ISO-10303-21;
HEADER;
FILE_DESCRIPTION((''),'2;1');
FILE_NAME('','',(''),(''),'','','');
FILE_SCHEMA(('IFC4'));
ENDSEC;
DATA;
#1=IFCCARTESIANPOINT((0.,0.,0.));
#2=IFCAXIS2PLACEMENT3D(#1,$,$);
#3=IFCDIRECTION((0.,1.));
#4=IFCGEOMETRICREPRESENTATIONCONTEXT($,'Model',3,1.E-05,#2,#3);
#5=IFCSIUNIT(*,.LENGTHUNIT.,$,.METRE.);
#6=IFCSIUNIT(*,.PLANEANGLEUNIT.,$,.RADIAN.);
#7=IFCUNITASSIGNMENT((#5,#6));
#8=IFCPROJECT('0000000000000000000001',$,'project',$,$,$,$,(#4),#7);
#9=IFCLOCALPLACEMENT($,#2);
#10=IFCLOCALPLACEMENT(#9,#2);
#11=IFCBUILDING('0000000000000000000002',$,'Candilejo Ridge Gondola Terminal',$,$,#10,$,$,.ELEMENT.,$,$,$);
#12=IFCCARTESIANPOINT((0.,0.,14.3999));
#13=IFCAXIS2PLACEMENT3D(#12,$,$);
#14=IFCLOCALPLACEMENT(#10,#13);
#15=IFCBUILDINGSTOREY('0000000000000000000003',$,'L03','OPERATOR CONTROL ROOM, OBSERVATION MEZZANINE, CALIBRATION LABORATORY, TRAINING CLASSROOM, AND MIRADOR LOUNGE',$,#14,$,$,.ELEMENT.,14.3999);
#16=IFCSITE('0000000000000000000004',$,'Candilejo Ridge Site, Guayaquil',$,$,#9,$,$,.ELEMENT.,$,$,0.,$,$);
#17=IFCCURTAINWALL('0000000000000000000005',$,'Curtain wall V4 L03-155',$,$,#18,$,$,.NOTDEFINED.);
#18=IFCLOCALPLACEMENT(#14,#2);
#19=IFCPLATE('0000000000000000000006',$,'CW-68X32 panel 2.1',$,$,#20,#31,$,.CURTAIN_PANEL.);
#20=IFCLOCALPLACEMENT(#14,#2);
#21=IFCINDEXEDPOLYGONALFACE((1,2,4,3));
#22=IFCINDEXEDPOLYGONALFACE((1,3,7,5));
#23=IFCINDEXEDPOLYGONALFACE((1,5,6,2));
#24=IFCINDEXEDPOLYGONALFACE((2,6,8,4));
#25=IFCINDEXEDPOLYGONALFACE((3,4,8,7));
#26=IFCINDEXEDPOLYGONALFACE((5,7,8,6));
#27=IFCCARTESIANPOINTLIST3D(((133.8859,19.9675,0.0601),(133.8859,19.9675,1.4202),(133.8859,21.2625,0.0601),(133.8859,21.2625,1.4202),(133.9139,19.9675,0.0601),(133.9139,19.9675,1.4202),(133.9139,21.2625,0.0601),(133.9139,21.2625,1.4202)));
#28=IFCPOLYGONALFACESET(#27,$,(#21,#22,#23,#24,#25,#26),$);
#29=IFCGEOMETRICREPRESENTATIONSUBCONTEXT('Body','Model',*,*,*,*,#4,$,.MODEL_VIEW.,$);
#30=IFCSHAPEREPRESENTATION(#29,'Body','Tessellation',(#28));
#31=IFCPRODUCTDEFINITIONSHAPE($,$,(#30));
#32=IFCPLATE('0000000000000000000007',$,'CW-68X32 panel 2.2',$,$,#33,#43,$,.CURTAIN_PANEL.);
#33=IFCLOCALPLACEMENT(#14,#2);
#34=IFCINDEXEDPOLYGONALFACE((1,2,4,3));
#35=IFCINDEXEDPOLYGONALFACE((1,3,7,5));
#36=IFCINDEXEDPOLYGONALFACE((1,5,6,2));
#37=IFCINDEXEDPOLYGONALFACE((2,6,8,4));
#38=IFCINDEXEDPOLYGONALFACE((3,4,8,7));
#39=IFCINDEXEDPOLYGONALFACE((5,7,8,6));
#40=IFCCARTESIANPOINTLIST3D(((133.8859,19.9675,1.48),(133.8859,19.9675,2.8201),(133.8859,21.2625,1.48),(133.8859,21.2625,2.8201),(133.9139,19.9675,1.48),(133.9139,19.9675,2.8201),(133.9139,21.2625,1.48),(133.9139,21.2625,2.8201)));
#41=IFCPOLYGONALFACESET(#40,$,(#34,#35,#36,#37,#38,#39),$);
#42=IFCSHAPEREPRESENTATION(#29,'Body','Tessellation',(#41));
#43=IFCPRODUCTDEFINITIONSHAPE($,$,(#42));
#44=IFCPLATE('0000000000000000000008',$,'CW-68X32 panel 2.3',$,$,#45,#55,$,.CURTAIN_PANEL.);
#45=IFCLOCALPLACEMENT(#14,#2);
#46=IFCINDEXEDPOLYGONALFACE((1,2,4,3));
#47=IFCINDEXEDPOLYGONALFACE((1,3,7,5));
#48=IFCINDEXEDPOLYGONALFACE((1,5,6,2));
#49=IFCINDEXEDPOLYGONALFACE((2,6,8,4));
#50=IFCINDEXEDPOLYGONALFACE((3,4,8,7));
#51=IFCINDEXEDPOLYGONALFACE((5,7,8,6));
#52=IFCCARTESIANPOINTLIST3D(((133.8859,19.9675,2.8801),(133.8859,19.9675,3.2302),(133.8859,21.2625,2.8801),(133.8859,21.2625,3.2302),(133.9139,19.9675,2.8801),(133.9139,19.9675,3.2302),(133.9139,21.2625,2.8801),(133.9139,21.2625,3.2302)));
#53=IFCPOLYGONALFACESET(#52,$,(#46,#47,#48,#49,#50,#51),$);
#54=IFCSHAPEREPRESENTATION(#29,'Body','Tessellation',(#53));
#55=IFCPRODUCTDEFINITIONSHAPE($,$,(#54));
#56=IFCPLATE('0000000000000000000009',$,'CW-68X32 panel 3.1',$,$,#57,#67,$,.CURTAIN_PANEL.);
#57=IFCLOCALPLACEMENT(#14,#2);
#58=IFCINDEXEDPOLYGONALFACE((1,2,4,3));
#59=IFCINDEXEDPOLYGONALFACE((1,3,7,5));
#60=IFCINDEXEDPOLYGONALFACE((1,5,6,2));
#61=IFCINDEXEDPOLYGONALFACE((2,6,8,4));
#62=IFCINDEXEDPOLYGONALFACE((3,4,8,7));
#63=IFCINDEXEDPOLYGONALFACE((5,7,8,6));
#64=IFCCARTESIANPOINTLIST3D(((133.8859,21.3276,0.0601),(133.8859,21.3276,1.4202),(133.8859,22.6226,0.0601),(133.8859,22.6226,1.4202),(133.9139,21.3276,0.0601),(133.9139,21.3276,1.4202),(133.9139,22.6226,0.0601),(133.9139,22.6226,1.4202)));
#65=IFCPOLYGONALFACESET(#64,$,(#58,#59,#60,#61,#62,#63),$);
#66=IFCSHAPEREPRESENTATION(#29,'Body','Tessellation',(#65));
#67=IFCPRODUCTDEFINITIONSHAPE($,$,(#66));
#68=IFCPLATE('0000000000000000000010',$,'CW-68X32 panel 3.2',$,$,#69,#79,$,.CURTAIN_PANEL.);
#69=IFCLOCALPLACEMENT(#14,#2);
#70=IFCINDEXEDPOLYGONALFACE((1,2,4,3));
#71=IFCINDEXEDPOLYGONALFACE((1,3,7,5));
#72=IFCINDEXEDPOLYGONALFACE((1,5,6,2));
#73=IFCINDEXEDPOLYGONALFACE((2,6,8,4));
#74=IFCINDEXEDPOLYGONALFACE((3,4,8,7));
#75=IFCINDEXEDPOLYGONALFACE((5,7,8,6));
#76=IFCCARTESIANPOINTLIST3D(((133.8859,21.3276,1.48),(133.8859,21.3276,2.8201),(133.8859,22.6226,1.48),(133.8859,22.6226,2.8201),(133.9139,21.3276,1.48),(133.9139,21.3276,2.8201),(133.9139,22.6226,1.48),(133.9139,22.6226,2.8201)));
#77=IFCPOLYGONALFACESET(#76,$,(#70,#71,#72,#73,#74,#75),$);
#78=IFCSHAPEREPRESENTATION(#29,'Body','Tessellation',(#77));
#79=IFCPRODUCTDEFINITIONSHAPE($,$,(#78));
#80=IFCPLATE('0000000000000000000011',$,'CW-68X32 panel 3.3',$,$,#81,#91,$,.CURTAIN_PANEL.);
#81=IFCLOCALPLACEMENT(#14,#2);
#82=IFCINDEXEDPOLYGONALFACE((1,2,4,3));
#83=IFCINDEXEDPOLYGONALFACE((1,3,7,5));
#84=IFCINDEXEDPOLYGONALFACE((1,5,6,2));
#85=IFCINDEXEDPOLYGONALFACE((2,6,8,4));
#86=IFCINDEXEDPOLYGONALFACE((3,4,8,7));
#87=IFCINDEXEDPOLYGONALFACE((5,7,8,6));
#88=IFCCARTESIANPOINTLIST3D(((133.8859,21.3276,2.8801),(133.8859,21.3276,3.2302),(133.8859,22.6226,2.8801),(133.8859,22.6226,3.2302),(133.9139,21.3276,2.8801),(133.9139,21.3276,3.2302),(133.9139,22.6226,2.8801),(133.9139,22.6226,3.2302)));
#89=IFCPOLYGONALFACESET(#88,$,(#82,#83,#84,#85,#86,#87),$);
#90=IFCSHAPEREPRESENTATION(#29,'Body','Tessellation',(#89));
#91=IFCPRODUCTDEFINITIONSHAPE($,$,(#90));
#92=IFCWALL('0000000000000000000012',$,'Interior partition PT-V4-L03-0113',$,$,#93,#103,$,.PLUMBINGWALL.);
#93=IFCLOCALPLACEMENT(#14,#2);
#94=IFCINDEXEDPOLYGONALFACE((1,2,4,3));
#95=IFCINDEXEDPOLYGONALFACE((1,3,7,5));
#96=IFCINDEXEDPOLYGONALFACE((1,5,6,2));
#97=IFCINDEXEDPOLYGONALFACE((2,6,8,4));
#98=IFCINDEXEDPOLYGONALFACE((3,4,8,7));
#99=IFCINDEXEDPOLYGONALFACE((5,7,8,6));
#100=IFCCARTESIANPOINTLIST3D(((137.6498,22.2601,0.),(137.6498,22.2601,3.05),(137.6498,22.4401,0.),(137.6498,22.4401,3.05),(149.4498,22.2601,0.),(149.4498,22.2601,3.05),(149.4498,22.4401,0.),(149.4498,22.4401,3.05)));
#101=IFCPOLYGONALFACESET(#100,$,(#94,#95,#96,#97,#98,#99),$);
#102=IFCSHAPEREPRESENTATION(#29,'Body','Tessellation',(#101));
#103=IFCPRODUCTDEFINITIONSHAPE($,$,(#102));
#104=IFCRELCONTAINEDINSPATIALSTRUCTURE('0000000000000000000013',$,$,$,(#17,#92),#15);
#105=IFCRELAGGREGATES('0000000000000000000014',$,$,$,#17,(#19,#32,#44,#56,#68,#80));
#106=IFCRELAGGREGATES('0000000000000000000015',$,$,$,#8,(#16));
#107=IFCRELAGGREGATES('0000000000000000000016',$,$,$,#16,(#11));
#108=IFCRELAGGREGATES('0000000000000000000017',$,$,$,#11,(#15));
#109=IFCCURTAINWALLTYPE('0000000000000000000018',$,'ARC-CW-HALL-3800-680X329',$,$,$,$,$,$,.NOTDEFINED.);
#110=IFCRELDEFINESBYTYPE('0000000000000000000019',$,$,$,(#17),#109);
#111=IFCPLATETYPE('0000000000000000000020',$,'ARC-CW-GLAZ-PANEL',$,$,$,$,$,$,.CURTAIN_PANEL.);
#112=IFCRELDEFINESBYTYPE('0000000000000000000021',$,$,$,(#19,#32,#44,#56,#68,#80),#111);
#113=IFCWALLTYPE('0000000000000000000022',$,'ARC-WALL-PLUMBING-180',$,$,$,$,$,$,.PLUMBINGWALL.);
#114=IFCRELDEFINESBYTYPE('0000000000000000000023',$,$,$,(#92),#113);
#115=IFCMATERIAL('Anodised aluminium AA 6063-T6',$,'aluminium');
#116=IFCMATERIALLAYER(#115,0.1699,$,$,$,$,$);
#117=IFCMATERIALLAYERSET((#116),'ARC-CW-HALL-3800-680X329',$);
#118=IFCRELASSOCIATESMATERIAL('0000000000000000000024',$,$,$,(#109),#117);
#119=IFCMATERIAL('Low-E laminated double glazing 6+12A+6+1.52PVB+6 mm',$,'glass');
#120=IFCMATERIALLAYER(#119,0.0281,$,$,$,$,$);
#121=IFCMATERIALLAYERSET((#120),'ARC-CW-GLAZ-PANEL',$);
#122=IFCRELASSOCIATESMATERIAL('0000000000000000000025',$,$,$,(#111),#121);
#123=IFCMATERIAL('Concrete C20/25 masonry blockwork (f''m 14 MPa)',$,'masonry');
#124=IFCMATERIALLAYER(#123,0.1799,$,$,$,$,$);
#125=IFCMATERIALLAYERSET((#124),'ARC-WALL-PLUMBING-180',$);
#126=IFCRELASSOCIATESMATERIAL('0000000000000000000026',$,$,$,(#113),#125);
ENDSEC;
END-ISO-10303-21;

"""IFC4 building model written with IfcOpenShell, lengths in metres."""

from ifc_helpers import new_model, si_unit, direction, frame, frame_2d, origin, origin_2d, place, context, subcontext, project, spatial, rectangle, extrude, material, layer, layer_set, type_object, element, aggregate, save


model = new_model("IFC4")

# Units and contexts
model_context = context("Model", 3, precision=1e-05, world=origin(), true_north=direction((0.0, 1.0)))
body_context = subcontext(model_context, "Body", "Model", "MODEL_VIEW")
ifc_project = project(units=[si_unit("LENGTHUNIT", "METRE"), si_unit("PLANEANGLEUNIT", "RADIAN")], contexts=[model_context])

# Site, building, storey
site_placement = place(None, origin())
site = spatial("IfcSite", under=ifc_project, at=site_placement, Name="Candilejo Ridge Site, Guayaquil", CompositionType="ELEMENT", RefElevation=0.0)
building_placement = place(site_placement, origin())
building = spatial("IfcBuilding", under=site, at=building_placement, Name="Candilejo Ridge Gondola Terminal", CompositionType="ELEMENT")
storey_placement = place(building_placement, frame((0.0, 0.0, 14.3999)))
storey = spatial("IfcBuildingStorey", under=building, at=storey_placement, Name="L03", Description="OPERATOR CONTROL ROOM, OBSERVATION MEZZANINE, CALIBRATION LABORATORY, TRAINING CLASSROOM, AND MIRADOR LOUNGE", CompositionType="ELEMENT", Elevation=14.3999)

# Curtain wall, plates
ifc_material_1 = material(Name="Anodised aluminium AA 6063-T6", Category="aluminium")
ifc_layer_1 = layer(ifc_material_1, 0.1699)
ifc_layer_set_1 = layer_set([ifc_layer_1], Name="ARC-CW-HALL-3800-680X329")
curtain_wall_type = type_object("IfcCurtainWallType", Name="ARC-CW-HALL-3800-680X329", PredefinedType="NOTDEFINED", material=ifc_layer_set_1)
curtain_wall_placement = place(storey_placement, origin())
curtain_wall = element("IfcCurtainWall", 1, at=curtain_wall_placement, inside=storey, type_object=curtain_wall_type, Name="Curtain wall V4 L03-155", PredefinedType="NOTDEFINED")
ifc_material_2 = material(Name="Low-E laminated double glazing 6+12A+6+1.52PVB+6 mm", Category="glass")
ifc_layer_2 = layer(ifc_material_2, 0.0281)
ifc_layer_set_2 = layer_set([ifc_layer_2], Name="ARC-CW-GLAZ-PANEL")
plate_type = type_object("IfcPlateType", Name="ARC-CW-GLAZ-PANEL", PredefinedType="CURTAIN_PANEL", material=ifc_layer_set_2)
plate_1_placement = place(storey_placement, frame((133.8999, 20.615, 0.0601), z_axis=(0.0, 0.0, 1.0), x_axis=(0.0, 1.0, 0.0)))
plate_1 = element("IfcPlate", 2, at=plate_1_placement, type_object=plate_type, Name="CW-68X32 panel 2.1", PredefinedType="CURTAIN_PANEL", context=body_context, shape_type="SweptSolid", body=[
    extrude(rectangle(XDim=1.2949, YDim=0.0281, at=origin_2d()), origin(), (0.0, 0.0, 1.0), 1.3601),
])
plate_2_placement = place(storey_placement, frame((133.8999, 20.615, 1.48), z_axis=(0.0, 0.0, 1.0), x_axis=(0.0, 1.0, 0.0)))
plate_2 = element("IfcPlate", 3, at=plate_2_placement, type_object=plate_type, Name="CW-68X32 panel 2.2", PredefinedType="CURTAIN_PANEL", context=body_context, shape_type="SweptSolid", body=[
    extrude(rectangle(XDim=1.2949, YDim=0.0281, at=origin_2d()), origin(), (0.0, 0.0, 1.0), 1.3401),
])
plate_3_placement = place(storey_placement, frame((133.8999, 20.615, 2.8801), z_axis=(0.0, 0.0, 1.0), x_axis=(0.0, 1.0, 0.0)))
plate_3 = element("IfcPlate", 4, at=plate_3_placement, type_object=plate_type, Name="CW-68X32 panel 2.3", PredefinedType="CURTAIN_PANEL", context=body_context, shape_type="SweptSolid", body=[
    extrude(rectangle(XDim=1.2949, YDim=0.0281, at=origin_2d()), origin(), (0.0, 0.0, 1.0), 0.3501),
])
plate_4_placement = place(storey_placement, frame((133.8999, 21.9751, 0.0601), z_axis=(0.0, 0.0, 1.0), x_axis=(0.0, 1.0, 0.0)))
plate_4 = element("IfcPlate", 5, at=plate_4_placement, type_object=plate_type, Name="CW-68X32 panel 3.1", PredefinedType="CURTAIN_PANEL", context=body_context, shape_type="SweptSolid", body=[
    extrude(rectangle(XDim=1.2949, YDim=0.0281, at=origin_2d()), origin(), (0.0, 0.0, 1.0), 1.3601),
])
plate_5_placement = place(storey_placement, frame((133.8999, 21.9751, 1.48), z_axis=(0.0, 0.0, 1.0), x_axis=(0.0, 1.0, 0.0)))
plate_5 = element("IfcPlate", 6, at=plate_5_placement, type_object=plate_type, Name="CW-68X32 panel 3.2", PredefinedType="CURTAIN_PANEL", context=body_context, shape_type="SweptSolid", body=[
    extrude(rectangle(XDim=1.2949, YDim=0.0281, at=origin_2d()), origin(), (0.0, 0.0, 1.0), 1.3401),
])
plate_6_placement = place(storey_placement, frame((133.8999, 21.9751, 2.8801), z_axis=(0.0, 0.0, 1.0), x_axis=(0.0, 1.0, 0.0)))
plate_6 = element("IfcPlate", 7, at=plate_6_placement, type_object=plate_type, Name="CW-68X32 panel 3.3", PredefinedType="CURTAIN_PANEL", context=body_context, shape_type="SweptSolid", body=[
    extrude(rectangle(XDim=1.2949, YDim=0.0281, at=origin_2d()), origin(), (0.0, 0.0, 1.0), 0.3501),
])
aggregate(curtain_wall, [plate_1, plate_2, plate_3, plate_4, plate_5, plate_6])

# Wall
ifc_material_3 = material(Name="Concrete C20/25 masonry blockwork (f'm 14 MPa)", Category="masonry")
ifc_layer_3 = layer(ifc_material_3, 0.1799)
ifc_layer_set_3 = layer_set([ifc_layer_3], Name="ARC-WALL-PLUMBING-180")
wall_type = type_object("IfcWallType", Name="ARC-WALL-PLUMBING-180", PredefinedType="PLUMBINGWALL", material=ifc_layer_set_3)
wall_placement = place(storey_placement, frame((137.6499, 22.3501, 0.0), z_axis=(0.0, 0.0, 1.0), x_axis=(1.0, 0.0, 0.0)))
element("IfcWall", 8, at=wall_placement, inside=storey, type_object=wall_type, Name="Interior partition PT-V4-L03-0113", PredefinedType="PLUMBINGWALL", context=body_context, shape_type="SweptSolid", body=[
    extrude(rectangle(XDim=11.8, YDim=0.1799, at=frame_2d((5.8999, 0.0))), origin(), (0.0, 0.0, 1.0), 3.05),
])

save(model, "model.ifc")
